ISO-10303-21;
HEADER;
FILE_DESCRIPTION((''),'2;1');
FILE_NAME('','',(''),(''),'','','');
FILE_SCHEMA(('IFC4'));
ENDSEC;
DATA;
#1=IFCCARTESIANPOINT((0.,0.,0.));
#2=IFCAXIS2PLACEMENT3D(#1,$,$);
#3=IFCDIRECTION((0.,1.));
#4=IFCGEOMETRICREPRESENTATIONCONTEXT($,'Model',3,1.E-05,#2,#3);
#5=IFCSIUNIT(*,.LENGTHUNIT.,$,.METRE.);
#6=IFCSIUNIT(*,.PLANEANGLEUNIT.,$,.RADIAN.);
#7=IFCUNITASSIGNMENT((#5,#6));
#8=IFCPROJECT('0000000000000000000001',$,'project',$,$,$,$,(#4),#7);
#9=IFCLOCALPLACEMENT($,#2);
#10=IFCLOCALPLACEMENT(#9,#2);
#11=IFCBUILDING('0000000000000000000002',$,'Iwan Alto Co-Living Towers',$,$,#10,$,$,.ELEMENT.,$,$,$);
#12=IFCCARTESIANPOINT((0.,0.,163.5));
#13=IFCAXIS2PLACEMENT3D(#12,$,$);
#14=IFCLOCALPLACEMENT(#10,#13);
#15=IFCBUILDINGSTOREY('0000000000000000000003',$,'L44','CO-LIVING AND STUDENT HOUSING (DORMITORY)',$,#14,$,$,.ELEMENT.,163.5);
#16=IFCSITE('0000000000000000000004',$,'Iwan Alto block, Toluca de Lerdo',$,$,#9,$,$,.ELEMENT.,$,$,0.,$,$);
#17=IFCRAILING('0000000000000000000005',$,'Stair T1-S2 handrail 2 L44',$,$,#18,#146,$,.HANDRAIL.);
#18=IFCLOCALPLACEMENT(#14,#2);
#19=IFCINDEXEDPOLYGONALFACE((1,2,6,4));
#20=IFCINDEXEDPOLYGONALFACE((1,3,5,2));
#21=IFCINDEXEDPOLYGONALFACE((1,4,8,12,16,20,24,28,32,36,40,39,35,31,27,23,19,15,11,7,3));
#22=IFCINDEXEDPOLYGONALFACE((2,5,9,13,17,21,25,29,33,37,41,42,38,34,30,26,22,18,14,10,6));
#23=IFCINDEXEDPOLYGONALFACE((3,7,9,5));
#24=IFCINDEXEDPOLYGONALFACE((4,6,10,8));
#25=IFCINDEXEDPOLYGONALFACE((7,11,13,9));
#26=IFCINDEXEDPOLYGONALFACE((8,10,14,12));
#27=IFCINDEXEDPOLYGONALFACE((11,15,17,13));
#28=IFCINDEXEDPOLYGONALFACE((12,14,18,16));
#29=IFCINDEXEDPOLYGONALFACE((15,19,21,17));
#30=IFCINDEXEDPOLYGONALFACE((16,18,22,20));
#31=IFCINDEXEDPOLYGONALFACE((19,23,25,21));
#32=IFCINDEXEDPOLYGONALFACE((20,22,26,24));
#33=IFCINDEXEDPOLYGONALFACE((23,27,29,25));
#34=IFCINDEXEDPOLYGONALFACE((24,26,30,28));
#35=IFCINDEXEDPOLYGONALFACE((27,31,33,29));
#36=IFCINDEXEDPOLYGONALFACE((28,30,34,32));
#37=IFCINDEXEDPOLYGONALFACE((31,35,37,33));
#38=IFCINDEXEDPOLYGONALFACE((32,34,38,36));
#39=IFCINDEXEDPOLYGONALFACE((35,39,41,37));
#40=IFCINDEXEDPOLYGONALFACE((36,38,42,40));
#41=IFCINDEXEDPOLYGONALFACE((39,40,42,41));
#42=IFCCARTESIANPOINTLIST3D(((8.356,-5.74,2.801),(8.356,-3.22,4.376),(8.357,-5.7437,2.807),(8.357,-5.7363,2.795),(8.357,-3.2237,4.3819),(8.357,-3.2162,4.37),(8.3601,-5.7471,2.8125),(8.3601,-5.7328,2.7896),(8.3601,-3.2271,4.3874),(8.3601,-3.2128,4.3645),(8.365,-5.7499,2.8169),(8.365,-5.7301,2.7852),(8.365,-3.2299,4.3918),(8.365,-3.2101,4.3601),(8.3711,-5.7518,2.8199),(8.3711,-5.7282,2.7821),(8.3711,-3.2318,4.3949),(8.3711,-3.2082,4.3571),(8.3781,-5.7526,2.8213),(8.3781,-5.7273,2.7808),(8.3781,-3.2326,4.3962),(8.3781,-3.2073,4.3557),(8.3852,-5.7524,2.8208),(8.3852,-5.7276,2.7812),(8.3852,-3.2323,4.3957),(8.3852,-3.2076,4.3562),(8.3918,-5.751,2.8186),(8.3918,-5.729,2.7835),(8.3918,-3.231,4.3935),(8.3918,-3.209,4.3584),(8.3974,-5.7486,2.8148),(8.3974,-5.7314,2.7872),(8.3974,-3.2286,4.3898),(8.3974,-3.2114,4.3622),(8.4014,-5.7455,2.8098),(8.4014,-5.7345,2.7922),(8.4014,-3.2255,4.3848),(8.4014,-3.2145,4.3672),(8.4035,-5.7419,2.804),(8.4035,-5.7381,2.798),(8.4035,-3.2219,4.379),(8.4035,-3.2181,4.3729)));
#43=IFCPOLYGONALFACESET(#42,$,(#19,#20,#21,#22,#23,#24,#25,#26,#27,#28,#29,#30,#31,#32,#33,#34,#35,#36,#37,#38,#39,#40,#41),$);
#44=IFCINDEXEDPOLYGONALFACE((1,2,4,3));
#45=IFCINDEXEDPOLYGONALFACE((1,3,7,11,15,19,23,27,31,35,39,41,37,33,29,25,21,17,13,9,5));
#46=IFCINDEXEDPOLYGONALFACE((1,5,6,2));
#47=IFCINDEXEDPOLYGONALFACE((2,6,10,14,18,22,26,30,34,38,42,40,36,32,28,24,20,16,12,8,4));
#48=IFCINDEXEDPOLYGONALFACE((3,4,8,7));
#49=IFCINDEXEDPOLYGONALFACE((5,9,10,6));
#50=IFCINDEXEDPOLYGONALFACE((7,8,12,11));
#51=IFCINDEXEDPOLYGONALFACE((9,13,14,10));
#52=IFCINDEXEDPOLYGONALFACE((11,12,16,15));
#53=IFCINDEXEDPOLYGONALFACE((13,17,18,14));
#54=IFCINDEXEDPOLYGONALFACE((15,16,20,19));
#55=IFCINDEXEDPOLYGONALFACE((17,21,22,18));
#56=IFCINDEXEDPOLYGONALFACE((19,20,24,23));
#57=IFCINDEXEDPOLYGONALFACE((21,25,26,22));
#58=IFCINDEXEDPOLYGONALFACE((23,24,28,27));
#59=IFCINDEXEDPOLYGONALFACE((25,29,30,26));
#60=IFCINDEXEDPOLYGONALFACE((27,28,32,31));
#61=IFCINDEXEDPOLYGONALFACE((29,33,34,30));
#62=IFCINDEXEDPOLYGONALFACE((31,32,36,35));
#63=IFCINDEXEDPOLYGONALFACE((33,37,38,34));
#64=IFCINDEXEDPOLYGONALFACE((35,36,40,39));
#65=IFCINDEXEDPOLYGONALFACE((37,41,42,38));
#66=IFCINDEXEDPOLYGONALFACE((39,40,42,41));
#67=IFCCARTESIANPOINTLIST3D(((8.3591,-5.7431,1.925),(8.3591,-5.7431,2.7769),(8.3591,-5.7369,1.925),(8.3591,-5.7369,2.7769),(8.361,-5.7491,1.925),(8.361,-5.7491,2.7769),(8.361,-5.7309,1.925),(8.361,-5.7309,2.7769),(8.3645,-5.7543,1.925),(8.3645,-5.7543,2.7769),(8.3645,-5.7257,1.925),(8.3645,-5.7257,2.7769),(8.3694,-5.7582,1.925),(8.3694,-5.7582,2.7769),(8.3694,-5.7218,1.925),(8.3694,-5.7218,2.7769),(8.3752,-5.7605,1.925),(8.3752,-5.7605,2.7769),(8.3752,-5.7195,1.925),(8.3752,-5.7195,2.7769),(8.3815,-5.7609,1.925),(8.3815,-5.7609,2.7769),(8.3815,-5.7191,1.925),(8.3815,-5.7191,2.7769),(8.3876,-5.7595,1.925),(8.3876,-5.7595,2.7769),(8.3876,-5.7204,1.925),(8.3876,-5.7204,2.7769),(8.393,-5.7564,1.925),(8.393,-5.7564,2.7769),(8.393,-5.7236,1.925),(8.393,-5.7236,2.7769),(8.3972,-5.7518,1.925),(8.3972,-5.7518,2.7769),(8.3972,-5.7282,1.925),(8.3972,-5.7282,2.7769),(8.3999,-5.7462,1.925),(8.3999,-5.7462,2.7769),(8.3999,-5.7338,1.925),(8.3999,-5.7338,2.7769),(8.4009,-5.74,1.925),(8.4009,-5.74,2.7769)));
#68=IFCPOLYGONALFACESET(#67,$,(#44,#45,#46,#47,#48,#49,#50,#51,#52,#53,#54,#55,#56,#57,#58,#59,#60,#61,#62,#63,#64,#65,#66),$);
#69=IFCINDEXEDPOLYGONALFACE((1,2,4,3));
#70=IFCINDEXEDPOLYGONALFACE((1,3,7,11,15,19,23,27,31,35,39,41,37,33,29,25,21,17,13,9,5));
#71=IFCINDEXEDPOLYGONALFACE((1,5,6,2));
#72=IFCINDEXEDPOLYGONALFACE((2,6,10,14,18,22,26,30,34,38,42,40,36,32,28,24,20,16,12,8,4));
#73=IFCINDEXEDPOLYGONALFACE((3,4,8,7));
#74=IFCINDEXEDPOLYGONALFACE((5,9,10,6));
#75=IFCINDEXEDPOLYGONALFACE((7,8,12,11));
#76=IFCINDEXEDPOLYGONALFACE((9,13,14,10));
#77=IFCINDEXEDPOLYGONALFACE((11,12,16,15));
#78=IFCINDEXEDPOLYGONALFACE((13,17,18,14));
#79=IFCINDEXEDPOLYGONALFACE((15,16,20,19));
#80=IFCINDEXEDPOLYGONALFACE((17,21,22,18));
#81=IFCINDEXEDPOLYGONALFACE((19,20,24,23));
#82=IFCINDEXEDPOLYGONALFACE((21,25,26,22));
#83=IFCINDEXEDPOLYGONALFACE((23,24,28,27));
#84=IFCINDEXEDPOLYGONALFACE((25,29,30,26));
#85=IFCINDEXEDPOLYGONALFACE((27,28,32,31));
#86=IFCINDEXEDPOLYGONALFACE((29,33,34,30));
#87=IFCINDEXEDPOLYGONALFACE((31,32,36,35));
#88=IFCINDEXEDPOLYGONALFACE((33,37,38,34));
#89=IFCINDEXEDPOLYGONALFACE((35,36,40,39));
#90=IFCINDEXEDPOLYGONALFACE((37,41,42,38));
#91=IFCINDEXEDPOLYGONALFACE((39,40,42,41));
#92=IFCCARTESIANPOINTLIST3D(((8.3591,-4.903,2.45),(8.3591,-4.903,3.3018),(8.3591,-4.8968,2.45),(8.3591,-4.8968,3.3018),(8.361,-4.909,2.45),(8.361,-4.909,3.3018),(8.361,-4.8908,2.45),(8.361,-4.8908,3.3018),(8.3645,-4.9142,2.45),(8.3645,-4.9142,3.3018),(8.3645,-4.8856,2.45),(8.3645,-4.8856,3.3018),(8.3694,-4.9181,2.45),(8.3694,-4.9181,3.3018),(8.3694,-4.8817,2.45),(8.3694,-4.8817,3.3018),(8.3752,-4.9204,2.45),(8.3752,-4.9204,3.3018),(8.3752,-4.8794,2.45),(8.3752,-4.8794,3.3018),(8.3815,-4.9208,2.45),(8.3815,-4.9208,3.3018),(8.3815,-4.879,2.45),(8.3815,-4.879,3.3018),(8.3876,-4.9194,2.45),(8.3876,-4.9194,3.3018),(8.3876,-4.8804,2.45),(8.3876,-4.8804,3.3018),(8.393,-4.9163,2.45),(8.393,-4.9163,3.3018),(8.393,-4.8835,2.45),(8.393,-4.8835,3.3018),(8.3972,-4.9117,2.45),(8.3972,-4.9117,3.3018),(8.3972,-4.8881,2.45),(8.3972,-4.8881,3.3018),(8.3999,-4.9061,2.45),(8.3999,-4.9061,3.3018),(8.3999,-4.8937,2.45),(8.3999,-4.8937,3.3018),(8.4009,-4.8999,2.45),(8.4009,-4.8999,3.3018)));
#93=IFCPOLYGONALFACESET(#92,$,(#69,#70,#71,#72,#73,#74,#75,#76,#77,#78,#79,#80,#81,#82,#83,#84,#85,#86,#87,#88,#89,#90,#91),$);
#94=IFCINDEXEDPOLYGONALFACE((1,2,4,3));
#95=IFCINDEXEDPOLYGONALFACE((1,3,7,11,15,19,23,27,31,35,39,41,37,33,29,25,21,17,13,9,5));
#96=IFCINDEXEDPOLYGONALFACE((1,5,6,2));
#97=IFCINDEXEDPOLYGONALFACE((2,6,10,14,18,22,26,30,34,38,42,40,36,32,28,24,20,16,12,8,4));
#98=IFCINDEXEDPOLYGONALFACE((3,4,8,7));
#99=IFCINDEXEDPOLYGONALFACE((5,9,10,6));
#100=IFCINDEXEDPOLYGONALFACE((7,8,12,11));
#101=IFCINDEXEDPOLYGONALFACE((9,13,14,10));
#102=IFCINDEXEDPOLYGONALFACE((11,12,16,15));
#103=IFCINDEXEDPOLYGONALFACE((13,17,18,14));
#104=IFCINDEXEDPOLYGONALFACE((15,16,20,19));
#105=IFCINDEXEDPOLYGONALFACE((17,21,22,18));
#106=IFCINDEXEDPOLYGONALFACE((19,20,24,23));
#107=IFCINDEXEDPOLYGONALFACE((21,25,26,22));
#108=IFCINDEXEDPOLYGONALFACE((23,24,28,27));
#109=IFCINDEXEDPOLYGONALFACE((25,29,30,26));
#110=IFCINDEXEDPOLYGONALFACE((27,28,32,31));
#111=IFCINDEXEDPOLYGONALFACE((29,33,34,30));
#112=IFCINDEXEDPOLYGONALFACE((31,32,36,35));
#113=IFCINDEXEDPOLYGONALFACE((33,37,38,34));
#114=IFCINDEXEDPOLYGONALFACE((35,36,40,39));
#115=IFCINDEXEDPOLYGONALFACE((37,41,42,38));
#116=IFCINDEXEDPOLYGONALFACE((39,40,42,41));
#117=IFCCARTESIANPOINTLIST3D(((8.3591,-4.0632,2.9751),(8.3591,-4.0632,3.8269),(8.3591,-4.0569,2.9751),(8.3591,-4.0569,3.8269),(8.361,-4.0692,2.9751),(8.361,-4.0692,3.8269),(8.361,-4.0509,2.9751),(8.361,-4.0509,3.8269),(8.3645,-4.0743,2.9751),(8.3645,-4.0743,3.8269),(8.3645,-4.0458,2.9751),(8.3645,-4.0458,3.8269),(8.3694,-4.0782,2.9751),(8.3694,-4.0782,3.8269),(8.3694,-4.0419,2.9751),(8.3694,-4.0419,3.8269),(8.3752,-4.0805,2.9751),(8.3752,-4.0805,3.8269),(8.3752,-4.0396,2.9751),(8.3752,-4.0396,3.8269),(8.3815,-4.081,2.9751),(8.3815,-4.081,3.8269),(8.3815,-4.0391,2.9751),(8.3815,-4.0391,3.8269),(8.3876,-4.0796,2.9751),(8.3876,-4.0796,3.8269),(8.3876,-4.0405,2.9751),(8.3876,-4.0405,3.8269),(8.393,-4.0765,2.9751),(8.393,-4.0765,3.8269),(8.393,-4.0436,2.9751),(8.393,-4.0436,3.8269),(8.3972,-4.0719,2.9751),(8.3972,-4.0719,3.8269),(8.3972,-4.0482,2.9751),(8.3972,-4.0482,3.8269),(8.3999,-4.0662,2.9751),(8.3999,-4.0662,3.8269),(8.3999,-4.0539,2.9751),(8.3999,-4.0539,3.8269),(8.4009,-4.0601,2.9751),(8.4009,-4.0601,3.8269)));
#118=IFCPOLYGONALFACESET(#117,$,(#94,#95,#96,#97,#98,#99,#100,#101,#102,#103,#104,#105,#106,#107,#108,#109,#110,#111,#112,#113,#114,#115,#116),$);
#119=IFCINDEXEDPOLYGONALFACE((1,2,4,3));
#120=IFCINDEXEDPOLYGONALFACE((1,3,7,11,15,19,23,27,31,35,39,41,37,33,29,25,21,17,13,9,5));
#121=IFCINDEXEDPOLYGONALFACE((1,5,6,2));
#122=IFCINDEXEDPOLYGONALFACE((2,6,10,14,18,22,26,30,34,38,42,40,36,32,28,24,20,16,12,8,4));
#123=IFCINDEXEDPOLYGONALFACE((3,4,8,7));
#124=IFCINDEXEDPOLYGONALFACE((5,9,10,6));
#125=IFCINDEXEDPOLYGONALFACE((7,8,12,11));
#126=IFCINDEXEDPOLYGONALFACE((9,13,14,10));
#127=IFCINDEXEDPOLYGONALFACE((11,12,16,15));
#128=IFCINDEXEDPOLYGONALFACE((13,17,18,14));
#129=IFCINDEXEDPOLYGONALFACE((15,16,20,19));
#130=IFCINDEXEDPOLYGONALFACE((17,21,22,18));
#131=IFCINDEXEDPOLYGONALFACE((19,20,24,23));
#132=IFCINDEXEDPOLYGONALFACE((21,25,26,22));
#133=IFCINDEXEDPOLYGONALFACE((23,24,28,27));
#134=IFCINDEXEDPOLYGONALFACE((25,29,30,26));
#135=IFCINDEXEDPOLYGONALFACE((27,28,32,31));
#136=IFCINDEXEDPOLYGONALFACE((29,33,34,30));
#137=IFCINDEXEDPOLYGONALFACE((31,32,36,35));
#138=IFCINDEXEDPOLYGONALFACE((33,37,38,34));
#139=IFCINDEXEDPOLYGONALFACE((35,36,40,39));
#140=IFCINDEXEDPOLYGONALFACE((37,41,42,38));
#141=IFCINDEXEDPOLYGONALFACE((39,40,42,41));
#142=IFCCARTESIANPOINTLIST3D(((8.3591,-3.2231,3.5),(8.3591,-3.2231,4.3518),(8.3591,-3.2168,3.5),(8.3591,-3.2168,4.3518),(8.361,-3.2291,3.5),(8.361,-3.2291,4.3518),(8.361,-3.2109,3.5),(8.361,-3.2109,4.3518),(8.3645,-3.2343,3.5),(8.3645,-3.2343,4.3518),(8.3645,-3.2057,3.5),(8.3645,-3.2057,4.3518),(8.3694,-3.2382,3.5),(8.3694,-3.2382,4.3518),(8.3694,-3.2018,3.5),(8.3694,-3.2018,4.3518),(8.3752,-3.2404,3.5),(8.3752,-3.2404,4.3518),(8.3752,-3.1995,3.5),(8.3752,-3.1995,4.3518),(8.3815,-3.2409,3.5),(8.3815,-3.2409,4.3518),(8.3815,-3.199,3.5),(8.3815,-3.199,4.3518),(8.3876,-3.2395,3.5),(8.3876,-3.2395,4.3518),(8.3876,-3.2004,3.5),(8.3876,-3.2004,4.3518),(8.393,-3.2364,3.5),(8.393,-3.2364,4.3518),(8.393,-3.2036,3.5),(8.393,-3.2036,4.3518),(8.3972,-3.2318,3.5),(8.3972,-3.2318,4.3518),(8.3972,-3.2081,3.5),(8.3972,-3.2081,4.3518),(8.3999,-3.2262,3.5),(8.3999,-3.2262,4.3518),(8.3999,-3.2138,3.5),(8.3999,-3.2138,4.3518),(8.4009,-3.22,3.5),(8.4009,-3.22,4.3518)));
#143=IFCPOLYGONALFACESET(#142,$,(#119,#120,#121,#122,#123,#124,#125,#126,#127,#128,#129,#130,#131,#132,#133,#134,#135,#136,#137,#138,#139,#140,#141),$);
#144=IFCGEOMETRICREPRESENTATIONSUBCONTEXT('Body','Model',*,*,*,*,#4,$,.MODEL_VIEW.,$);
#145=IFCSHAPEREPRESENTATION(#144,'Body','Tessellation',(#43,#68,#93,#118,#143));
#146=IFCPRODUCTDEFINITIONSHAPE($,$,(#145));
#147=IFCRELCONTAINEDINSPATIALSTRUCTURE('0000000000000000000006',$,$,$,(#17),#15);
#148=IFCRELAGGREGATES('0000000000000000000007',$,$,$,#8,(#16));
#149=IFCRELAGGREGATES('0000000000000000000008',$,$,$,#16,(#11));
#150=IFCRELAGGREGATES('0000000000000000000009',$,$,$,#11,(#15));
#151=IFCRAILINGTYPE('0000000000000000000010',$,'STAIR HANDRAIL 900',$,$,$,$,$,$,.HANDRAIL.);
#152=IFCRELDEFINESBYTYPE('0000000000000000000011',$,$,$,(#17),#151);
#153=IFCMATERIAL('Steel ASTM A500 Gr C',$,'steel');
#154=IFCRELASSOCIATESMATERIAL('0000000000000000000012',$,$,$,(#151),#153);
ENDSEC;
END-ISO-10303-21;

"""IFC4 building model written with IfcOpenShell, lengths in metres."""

from ifc_helpers import new_model, si_unit, direction, frame, origin, origin_2d, place, context, subcontext, project, spatial, circle, extrude, material, type_object, element, save


model = new_model("IFC4")

# Units and contexts
model_context = context("Model", 3, precision=1e-05, world=origin(), true_north=direction((0.0, 1.0)))
body_context = subcontext(model_context, "Body", "Model", "MODEL_VIEW")
ifc_project = project(units=[si_unit("LENGTHUNIT", "METRE"), si_unit("PLANEANGLEUNIT", "RADIAN")], contexts=[model_context])

# Site, building, storey
site_placement = place(None, origin())
site = spatial("IfcSite", under=ifc_project, at=site_placement, Name="Iwan Alto block, Toluca de Lerdo", CompositionType="ELEMENT", RefElevation=0.0)
building_placement = place(site_placement, origin())
building = spatial("IfcBuilding", under=site, at=building_placement, Name="Iwan Alto Co-Living Towers", CompositionType="ELEMENT")
storey_placement = place(building_placement, frame((0.0, 0.0, 163.5)))
storey = spatial("IfcBuildingStorey", under=building, at=storey_placement, Name="L44", Description="CO-LIVING AND STUDENT HOUSING (DORMITORY)", CompositionType="ELEMENT", Elevation=163.5)

# Railing
ifc_material_1 = material(Name="Steel ASTM A500 Gr C", Category="steel")
railing_type_1 = type_object("IfcRailingType", Name="STAIR HANDRAIL 900", PredefinedType="HANDRAIL", material=ifc_material_1)
railing_1_placement = place(storey_placement, frame((8.3799, -5.74, 1.925)))
element("IfcRailing", 1, at=railing_1_placement, inside=storey, type_object=railing_type_1, Name="Stair T1-S2 handrail 2 L44", PredefinedType="HANDRAIL", context=body_context, shape_type="SweptSolid", body=[
    extrude(circle(Radius=0.0239, at=origin_2d()), frame((0.0, 0.0, 0.876), z_axis=(0.0, 0.848008, 0.529984), x_axis=(-1.0, 0.0, 0.0)), (0.0, 0.0, 1.0), 2.9717),
    extrude(circle(Radius=0.021, at=origin_2d()), origin(), (0.0, 0.0, 1.0), 0.8518),
    extrude(circle(Radius=0.021, at=origin_2d()), frame((0.0, 0.8401, 0.5249)), (0.0, 0.0, 1.0), 0.8518),
    extrude(circle(Radius=0.021, at=origin_2d()), frame((0.0, 1.6799, 1.05)), (0.0, 0.0, 1.0), 0.8518),
    extrude(circle(Radius=0.021, at=origin_2d()), frame((0.0, 2.52, 1.575)), (0.0, 0.0, 1.0), 0.8518),
])

save(model, "model.ifc")
